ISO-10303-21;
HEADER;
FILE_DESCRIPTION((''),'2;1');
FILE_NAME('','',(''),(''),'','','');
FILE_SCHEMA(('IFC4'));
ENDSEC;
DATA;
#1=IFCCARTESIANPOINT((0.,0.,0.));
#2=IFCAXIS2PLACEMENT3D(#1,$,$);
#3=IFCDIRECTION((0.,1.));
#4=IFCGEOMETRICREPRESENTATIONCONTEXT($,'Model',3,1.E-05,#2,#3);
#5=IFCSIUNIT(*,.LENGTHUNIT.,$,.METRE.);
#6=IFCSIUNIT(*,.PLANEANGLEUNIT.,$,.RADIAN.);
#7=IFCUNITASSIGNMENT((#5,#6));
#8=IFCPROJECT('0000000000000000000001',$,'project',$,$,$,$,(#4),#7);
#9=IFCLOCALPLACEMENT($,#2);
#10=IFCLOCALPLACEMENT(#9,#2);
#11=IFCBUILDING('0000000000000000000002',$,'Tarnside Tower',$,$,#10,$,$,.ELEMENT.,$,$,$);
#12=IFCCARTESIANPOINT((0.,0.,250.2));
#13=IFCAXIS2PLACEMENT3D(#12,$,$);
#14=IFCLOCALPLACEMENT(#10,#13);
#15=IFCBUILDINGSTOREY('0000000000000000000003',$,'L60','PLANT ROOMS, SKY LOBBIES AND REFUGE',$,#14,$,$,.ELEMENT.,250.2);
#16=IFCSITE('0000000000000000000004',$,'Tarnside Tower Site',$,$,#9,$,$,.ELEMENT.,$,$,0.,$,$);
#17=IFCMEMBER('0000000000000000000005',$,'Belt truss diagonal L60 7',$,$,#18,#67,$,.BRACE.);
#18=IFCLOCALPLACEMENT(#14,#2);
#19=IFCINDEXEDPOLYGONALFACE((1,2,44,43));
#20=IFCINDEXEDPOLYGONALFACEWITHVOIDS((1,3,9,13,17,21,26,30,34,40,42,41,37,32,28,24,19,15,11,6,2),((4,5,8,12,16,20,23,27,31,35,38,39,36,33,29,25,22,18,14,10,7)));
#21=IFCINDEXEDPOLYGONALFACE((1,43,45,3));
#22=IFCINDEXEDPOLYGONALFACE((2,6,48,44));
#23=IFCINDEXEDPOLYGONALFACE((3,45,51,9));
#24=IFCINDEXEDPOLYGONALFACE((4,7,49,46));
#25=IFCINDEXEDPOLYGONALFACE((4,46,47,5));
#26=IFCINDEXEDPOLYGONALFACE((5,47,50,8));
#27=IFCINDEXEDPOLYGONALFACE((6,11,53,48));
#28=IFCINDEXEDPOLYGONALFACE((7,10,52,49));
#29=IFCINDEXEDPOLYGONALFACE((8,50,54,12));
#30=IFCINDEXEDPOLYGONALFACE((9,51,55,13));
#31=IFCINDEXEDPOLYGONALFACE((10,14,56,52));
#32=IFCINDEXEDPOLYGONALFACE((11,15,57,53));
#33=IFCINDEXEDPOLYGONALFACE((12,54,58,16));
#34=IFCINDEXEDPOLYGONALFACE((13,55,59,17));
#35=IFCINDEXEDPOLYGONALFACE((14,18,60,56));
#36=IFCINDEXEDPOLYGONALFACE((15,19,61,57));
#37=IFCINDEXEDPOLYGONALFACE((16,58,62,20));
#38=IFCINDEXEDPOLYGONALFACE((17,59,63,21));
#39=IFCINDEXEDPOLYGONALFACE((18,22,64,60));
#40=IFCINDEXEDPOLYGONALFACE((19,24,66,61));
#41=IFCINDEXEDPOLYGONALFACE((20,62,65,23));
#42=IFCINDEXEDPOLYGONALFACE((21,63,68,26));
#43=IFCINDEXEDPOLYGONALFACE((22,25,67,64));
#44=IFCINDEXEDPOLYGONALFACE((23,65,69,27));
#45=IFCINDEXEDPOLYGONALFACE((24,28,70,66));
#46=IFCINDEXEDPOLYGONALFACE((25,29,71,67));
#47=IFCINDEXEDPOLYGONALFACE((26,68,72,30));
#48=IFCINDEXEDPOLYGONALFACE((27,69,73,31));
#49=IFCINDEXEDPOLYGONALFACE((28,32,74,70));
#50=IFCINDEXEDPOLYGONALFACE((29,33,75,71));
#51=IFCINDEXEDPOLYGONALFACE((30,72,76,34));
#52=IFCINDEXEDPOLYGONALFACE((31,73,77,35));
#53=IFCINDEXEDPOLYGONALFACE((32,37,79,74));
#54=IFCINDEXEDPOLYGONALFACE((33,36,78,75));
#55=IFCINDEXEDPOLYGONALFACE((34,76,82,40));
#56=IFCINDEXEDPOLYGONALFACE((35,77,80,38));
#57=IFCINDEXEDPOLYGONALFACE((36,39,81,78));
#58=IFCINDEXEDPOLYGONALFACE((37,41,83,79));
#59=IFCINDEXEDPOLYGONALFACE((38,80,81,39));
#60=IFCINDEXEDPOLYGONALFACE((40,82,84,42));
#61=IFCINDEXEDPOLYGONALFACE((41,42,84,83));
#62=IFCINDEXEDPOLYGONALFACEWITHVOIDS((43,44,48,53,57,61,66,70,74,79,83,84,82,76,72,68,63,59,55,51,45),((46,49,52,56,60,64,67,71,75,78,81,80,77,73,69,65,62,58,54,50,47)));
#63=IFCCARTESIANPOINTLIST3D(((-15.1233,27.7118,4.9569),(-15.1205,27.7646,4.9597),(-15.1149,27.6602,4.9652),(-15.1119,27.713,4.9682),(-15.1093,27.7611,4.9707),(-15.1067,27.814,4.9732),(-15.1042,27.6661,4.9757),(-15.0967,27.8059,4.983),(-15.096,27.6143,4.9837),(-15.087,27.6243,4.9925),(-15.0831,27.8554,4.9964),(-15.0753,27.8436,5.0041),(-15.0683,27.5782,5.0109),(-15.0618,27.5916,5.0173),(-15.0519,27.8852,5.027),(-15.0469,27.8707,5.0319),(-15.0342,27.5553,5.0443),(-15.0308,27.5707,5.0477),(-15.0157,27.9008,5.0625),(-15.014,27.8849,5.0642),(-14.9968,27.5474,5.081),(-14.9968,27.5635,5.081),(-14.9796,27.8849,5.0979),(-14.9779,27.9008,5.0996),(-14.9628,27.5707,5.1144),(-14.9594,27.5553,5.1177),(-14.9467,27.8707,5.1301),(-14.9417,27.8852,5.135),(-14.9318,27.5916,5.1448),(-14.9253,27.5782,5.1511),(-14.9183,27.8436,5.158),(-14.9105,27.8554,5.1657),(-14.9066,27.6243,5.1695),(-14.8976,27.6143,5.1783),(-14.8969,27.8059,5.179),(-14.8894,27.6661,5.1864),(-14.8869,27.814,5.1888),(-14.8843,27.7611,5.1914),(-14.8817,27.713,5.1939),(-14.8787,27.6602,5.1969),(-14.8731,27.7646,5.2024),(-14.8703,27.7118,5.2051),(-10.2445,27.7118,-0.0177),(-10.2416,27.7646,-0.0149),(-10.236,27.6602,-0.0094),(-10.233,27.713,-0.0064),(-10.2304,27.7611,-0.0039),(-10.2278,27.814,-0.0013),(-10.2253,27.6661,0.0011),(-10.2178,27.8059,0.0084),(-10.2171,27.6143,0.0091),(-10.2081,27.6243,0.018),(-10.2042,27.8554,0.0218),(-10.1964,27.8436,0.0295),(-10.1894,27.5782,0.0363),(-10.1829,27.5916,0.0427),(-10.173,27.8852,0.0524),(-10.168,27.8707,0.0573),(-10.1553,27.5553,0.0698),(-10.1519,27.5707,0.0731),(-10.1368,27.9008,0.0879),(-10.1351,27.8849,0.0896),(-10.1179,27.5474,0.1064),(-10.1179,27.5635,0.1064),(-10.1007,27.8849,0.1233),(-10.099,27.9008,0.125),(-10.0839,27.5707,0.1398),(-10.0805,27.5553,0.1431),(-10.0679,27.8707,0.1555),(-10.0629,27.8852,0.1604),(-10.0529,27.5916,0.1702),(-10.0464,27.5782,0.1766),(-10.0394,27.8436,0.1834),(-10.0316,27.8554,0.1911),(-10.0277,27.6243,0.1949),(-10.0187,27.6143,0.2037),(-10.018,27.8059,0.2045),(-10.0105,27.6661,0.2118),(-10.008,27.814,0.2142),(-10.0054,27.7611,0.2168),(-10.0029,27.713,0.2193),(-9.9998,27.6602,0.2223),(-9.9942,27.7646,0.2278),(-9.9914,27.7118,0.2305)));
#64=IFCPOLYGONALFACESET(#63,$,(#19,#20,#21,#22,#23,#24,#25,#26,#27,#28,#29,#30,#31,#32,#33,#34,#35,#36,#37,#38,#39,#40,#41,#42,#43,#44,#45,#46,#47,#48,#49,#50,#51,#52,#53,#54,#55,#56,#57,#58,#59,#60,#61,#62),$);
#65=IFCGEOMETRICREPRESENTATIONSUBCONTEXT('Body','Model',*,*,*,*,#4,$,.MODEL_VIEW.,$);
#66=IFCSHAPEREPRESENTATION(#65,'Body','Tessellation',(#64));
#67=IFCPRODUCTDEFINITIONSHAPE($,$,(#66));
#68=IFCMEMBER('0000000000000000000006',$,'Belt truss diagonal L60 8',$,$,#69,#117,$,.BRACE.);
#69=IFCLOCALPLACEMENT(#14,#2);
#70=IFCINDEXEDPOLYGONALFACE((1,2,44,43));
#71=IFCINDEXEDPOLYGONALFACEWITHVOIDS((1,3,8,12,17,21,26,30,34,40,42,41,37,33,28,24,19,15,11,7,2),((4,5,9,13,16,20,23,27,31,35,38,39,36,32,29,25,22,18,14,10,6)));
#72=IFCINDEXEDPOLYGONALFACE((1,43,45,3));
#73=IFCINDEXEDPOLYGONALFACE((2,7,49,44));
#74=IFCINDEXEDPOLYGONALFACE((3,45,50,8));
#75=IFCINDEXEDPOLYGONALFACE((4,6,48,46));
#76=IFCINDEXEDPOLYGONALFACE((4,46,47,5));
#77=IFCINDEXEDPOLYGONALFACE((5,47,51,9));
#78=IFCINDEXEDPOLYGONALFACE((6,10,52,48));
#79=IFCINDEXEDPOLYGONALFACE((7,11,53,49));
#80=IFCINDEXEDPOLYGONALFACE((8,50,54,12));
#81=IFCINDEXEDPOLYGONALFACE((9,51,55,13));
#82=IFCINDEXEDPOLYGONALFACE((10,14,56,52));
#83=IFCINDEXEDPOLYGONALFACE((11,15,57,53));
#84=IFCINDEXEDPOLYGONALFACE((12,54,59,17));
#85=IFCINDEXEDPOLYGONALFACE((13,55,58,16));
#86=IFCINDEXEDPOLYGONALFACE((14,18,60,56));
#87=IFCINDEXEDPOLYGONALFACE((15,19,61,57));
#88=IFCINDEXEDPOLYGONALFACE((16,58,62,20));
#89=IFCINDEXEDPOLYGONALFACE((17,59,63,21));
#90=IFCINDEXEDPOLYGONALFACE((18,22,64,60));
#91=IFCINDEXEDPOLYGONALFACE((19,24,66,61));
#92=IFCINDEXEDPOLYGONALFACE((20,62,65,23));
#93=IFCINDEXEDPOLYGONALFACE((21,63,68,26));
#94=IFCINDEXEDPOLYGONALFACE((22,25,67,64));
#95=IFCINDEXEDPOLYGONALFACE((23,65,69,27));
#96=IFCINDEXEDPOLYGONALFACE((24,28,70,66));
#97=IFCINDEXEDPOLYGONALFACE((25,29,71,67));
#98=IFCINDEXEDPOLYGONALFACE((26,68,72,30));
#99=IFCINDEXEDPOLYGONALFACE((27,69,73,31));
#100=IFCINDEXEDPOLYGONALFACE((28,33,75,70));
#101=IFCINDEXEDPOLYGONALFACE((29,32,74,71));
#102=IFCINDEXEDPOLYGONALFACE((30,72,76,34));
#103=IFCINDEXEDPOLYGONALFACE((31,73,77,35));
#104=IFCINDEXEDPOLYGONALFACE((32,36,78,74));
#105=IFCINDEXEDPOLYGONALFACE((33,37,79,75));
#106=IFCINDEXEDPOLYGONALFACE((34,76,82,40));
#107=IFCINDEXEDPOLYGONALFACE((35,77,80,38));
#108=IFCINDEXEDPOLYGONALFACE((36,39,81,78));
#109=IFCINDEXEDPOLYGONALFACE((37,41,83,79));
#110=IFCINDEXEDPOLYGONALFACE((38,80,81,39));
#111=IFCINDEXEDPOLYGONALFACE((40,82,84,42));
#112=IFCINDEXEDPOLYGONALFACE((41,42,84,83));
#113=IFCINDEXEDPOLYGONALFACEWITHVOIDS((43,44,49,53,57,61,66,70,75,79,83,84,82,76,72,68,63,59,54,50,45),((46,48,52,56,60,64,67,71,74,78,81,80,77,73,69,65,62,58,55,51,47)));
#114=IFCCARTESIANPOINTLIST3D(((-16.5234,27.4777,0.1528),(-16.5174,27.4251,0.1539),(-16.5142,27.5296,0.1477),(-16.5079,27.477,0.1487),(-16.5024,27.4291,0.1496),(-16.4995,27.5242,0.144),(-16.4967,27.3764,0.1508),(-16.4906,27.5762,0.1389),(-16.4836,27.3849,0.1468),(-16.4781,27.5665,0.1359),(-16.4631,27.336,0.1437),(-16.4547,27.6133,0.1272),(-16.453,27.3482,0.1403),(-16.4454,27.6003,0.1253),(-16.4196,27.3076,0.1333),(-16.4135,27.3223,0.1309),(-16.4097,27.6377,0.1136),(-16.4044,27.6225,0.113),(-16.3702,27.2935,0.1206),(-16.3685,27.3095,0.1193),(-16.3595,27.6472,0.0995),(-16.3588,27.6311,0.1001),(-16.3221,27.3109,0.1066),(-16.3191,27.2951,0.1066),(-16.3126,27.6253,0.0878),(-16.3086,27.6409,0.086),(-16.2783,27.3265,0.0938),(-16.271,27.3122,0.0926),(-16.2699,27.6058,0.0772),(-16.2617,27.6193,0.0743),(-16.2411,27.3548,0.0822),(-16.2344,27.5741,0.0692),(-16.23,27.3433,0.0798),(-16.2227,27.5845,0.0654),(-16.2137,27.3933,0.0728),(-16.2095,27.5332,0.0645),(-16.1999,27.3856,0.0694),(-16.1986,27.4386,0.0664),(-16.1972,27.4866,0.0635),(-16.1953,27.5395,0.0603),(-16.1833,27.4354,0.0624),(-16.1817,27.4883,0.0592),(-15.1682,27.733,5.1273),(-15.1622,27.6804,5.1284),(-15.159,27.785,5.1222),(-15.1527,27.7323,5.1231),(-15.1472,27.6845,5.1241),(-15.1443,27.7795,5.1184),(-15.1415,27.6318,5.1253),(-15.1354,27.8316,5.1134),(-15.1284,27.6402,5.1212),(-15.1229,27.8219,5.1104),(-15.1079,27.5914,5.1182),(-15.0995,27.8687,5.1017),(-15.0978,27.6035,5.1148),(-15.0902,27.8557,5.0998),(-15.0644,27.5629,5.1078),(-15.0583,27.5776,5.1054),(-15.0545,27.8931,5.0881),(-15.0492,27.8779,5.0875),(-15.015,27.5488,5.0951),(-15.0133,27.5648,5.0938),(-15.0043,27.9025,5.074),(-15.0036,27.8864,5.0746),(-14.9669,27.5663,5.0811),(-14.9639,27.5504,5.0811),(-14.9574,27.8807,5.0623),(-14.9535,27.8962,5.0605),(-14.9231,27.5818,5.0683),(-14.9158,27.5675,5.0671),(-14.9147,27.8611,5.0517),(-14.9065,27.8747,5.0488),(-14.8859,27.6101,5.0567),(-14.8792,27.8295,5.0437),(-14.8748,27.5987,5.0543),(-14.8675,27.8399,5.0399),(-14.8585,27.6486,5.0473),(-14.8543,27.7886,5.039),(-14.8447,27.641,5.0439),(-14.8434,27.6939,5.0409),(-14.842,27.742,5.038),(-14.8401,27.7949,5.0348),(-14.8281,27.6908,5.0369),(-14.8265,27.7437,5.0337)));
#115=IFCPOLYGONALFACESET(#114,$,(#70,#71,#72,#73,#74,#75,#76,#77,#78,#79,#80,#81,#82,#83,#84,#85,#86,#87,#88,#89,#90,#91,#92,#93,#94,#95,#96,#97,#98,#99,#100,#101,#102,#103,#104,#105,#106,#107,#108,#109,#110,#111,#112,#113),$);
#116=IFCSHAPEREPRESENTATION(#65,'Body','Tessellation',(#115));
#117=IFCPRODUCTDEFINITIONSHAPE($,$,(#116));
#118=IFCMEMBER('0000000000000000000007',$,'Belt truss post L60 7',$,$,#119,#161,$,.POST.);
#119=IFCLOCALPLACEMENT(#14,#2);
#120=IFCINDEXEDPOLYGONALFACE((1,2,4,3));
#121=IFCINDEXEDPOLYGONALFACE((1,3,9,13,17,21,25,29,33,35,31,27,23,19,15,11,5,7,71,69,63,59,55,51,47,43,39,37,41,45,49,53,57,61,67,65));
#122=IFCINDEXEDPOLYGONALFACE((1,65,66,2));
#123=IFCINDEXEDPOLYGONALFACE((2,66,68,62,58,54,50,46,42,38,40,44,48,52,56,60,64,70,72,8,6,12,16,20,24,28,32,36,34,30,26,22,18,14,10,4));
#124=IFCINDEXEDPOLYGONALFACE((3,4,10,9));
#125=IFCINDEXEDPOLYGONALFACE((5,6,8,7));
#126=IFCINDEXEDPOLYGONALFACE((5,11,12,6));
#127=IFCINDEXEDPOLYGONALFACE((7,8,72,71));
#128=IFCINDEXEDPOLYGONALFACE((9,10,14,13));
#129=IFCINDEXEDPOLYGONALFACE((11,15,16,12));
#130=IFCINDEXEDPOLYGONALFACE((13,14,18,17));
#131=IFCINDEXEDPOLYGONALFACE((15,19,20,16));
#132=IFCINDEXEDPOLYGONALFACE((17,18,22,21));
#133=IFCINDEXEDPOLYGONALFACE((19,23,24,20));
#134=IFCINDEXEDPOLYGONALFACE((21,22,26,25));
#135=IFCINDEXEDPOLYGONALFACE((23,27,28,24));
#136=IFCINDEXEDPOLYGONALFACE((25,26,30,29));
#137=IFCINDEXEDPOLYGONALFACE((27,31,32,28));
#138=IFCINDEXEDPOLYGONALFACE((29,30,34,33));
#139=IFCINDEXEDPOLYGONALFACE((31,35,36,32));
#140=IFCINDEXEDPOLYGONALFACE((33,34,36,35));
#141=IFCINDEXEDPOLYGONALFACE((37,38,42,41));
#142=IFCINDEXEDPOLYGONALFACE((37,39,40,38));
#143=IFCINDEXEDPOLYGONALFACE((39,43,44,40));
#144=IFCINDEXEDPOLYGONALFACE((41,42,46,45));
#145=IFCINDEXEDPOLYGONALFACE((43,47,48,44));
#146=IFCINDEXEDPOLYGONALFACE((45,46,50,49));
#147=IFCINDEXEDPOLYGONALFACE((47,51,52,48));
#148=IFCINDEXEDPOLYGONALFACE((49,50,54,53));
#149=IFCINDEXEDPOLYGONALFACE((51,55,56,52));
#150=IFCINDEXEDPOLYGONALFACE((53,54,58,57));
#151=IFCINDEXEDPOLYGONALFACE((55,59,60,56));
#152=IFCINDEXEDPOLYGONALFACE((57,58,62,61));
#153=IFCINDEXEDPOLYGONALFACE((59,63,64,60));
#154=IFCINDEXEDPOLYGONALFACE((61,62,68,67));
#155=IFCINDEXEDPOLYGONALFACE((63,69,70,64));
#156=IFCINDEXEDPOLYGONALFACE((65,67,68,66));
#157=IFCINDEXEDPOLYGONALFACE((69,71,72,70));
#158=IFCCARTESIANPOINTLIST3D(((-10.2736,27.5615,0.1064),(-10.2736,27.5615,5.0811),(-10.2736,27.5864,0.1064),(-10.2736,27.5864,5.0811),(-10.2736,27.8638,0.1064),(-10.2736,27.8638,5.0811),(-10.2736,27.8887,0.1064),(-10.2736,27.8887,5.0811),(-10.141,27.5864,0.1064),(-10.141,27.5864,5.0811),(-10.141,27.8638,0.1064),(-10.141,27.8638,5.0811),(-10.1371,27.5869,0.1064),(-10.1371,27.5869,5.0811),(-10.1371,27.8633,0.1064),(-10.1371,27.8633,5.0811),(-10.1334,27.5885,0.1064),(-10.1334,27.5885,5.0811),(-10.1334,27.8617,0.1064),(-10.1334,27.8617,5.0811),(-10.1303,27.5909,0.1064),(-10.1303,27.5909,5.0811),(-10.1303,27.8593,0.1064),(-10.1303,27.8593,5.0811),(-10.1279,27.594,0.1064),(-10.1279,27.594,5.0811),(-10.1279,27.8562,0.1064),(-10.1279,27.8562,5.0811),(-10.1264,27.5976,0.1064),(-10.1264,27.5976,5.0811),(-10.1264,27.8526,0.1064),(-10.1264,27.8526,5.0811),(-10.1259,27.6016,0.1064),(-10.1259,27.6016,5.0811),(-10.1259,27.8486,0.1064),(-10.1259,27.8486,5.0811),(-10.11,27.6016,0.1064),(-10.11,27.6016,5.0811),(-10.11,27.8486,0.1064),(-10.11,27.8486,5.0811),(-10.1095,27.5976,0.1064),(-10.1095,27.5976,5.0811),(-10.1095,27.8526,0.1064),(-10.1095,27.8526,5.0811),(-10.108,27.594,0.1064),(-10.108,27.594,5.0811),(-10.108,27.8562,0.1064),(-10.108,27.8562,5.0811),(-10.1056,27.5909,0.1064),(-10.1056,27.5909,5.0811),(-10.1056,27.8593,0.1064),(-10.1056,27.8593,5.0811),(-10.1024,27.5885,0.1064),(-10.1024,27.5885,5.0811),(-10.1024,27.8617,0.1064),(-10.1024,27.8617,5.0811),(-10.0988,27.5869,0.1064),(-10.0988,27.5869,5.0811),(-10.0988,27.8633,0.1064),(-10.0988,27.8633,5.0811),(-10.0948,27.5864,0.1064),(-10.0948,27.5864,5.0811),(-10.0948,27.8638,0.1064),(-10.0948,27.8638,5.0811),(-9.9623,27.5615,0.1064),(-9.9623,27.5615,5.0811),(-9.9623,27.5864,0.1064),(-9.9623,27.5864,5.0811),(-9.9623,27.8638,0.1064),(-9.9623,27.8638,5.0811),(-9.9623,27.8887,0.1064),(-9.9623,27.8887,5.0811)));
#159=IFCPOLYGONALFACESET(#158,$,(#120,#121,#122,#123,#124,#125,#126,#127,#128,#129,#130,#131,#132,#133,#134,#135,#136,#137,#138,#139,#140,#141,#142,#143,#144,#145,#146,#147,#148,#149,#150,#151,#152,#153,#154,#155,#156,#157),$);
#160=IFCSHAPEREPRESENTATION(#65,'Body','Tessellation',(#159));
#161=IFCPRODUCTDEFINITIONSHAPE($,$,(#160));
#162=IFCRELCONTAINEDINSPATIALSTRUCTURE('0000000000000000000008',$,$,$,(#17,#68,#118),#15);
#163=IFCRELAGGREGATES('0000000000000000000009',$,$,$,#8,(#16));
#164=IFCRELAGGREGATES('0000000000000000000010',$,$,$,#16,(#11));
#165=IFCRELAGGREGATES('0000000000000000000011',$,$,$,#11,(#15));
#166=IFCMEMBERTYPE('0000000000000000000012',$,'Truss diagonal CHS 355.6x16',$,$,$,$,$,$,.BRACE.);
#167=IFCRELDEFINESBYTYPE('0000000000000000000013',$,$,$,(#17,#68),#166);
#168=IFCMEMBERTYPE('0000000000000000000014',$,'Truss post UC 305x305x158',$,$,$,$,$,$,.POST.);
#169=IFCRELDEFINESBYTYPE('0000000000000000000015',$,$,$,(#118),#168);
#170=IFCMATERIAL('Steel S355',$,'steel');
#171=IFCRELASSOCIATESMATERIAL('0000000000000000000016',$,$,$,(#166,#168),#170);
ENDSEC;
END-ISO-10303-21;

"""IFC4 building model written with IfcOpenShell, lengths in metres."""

from ifc_helpers import new_model, si_unit, direction, frame, origin, origin_2d, place, context, subcontext, project, spatial, hollow_circle, i_section, extrude, material, material_profile, profile_set, type_object, element, save


model = new_model("IFC4")

# Units and contexts
model_context = context("Model", 3, precision=1e-05, world=origin(), true_north=direction((0.0, 1.0)))
body_context = subcontext(model_context, "Body", "Model", "MODEL_VIEW")
ifc_project = project(units=[si_unit("LENGTHUNIT", "METRE"), si_unit("PLANEANGLEUNIT", "RADIAN")], contexts=[model_context])

# Site, building, storey
site_placement = place(None, origin())
site = spatial("IfcSite", under=ifc_project, at=site_placement, Name="Tarnside Tower Site", CompositionType="ELEMENT", RefElevation=0.0)
building_placement = place(site_placement, origin())
building = spatial("IfcBuilding", under=site, at=building_placement, Name="Tarnside Tower", CompositionType="ELEMENT")
storey_placement = place(building_placement, frame((0.0, 0.0, 250.2)))
storey = spatial("IfcBuildingStorey", under=building, at=storey_placement, Name="L60", Description="PLANT ROOMS, SKY LOBBIES AND REFUGE", CompositionType="ELEMENT", Elevation=250.2)

# Shared definitions
ifc_material_1 = material(Name="Steel S355", Category="steel")

# Members
ifc_material_profile_1 = material_profile(ifc_material_1, hollow_circle(Radius=0.1777, WallThickness=0.0161, at=origin_2d()), Name="CHS 355.6x16")
ifc_profile_set_1 = profile_set([ifc_material_profile_1], Name="Steel S355")
member_type_1 = type_object("IfcMemberType", Name="Truss diagonal CHS 355.6x16", PredefinedType="BRACE", material=ifc_profile_set_1)
member_1_placement = place(storey_placement, frame((-10.1179, 27.7251, 0.1064), z_axis=(-0.700206, 0.0, 0.713941), x_axis=(0.0, -1.0, 0.0)))
element("IfcMember", 1, at=member_1_placement, inside=storey, type_object=member_type_1, Name="Belt truss diagonal L60 7", PredefinedType="BRACE", context=body_context, shape_type="SweptSolid", body=[
    extrude(hollow_circle(Radius=0.1777, WallThickness=0.0161, at=origin_2d()), origin(), (0.0, 0.0, 1.0), 6.9678),
])
member_2_placement = place(storey_placement, frame((-14.9968, 27.7251, 5.0811), z_axis=(-0.262527, -0.049469, -0.963656), x_axis=(0.185176, -0.982705, 0.0)))
element("IfcMember", 2, at=member_2_placement, inside=storey, type_object=member_type_1, Name="Belt truss diagonal L60 8", PredefinedType="BRACE", context=body_context, shape_type="SweptSolid", body=[
    extrude(hollow_circle(Radius=0.1777, WallThickness=0.0161, at=origin_2d()), origin(), (0.0, 0.0, 1.0), 5.1621),
])
ifc_material_profile_2 = material_profile(ifc_material_1, i_section(OverallWidth=0.3113, OverallDepth=0.3271, WebThickness=0.0159, FlangeThickness=0.0249, FilletRadius=0.0151, at=origin_2d()), Name="UC 305x305x158")
ifc_profile_set_2 = profile_set([ifc_material_profile_2], Name="Steel S355")
member_type_2 = type_object("IfcMemberType", Name="Truss post UC 305x305x158", PredefinedType="POST", material=ifc_profile_set_2)
for number, where, z_axis, x_axis, name in (
    (3, (-10.1179, 27.7251, 0.1064), (0.0, 0.0, 1.0), (-1.0, 0.0, 0.0), "Belt truss post L60 7"),
):
    element("IfcMember", number, at=place(storey_placement, frame(where, z_axis=z_axis, x_axis=x_axis)), inside=storey, type_object=member_type_2, Name=name, PredefinedType="POST", context=body_context, shape_type="SweptSolid", body=[
        extrude(i_section(OverallWidth=0.3113, OverallDepth=0.3271, WebThickness=0.0159, FlangeThickness=0.0249, FilletRadius=0.0151, at=origin_2d()), origin(), (0.0, 0.0, 1.0), 4.9746),
    ])

save(model, "model.ifc")
